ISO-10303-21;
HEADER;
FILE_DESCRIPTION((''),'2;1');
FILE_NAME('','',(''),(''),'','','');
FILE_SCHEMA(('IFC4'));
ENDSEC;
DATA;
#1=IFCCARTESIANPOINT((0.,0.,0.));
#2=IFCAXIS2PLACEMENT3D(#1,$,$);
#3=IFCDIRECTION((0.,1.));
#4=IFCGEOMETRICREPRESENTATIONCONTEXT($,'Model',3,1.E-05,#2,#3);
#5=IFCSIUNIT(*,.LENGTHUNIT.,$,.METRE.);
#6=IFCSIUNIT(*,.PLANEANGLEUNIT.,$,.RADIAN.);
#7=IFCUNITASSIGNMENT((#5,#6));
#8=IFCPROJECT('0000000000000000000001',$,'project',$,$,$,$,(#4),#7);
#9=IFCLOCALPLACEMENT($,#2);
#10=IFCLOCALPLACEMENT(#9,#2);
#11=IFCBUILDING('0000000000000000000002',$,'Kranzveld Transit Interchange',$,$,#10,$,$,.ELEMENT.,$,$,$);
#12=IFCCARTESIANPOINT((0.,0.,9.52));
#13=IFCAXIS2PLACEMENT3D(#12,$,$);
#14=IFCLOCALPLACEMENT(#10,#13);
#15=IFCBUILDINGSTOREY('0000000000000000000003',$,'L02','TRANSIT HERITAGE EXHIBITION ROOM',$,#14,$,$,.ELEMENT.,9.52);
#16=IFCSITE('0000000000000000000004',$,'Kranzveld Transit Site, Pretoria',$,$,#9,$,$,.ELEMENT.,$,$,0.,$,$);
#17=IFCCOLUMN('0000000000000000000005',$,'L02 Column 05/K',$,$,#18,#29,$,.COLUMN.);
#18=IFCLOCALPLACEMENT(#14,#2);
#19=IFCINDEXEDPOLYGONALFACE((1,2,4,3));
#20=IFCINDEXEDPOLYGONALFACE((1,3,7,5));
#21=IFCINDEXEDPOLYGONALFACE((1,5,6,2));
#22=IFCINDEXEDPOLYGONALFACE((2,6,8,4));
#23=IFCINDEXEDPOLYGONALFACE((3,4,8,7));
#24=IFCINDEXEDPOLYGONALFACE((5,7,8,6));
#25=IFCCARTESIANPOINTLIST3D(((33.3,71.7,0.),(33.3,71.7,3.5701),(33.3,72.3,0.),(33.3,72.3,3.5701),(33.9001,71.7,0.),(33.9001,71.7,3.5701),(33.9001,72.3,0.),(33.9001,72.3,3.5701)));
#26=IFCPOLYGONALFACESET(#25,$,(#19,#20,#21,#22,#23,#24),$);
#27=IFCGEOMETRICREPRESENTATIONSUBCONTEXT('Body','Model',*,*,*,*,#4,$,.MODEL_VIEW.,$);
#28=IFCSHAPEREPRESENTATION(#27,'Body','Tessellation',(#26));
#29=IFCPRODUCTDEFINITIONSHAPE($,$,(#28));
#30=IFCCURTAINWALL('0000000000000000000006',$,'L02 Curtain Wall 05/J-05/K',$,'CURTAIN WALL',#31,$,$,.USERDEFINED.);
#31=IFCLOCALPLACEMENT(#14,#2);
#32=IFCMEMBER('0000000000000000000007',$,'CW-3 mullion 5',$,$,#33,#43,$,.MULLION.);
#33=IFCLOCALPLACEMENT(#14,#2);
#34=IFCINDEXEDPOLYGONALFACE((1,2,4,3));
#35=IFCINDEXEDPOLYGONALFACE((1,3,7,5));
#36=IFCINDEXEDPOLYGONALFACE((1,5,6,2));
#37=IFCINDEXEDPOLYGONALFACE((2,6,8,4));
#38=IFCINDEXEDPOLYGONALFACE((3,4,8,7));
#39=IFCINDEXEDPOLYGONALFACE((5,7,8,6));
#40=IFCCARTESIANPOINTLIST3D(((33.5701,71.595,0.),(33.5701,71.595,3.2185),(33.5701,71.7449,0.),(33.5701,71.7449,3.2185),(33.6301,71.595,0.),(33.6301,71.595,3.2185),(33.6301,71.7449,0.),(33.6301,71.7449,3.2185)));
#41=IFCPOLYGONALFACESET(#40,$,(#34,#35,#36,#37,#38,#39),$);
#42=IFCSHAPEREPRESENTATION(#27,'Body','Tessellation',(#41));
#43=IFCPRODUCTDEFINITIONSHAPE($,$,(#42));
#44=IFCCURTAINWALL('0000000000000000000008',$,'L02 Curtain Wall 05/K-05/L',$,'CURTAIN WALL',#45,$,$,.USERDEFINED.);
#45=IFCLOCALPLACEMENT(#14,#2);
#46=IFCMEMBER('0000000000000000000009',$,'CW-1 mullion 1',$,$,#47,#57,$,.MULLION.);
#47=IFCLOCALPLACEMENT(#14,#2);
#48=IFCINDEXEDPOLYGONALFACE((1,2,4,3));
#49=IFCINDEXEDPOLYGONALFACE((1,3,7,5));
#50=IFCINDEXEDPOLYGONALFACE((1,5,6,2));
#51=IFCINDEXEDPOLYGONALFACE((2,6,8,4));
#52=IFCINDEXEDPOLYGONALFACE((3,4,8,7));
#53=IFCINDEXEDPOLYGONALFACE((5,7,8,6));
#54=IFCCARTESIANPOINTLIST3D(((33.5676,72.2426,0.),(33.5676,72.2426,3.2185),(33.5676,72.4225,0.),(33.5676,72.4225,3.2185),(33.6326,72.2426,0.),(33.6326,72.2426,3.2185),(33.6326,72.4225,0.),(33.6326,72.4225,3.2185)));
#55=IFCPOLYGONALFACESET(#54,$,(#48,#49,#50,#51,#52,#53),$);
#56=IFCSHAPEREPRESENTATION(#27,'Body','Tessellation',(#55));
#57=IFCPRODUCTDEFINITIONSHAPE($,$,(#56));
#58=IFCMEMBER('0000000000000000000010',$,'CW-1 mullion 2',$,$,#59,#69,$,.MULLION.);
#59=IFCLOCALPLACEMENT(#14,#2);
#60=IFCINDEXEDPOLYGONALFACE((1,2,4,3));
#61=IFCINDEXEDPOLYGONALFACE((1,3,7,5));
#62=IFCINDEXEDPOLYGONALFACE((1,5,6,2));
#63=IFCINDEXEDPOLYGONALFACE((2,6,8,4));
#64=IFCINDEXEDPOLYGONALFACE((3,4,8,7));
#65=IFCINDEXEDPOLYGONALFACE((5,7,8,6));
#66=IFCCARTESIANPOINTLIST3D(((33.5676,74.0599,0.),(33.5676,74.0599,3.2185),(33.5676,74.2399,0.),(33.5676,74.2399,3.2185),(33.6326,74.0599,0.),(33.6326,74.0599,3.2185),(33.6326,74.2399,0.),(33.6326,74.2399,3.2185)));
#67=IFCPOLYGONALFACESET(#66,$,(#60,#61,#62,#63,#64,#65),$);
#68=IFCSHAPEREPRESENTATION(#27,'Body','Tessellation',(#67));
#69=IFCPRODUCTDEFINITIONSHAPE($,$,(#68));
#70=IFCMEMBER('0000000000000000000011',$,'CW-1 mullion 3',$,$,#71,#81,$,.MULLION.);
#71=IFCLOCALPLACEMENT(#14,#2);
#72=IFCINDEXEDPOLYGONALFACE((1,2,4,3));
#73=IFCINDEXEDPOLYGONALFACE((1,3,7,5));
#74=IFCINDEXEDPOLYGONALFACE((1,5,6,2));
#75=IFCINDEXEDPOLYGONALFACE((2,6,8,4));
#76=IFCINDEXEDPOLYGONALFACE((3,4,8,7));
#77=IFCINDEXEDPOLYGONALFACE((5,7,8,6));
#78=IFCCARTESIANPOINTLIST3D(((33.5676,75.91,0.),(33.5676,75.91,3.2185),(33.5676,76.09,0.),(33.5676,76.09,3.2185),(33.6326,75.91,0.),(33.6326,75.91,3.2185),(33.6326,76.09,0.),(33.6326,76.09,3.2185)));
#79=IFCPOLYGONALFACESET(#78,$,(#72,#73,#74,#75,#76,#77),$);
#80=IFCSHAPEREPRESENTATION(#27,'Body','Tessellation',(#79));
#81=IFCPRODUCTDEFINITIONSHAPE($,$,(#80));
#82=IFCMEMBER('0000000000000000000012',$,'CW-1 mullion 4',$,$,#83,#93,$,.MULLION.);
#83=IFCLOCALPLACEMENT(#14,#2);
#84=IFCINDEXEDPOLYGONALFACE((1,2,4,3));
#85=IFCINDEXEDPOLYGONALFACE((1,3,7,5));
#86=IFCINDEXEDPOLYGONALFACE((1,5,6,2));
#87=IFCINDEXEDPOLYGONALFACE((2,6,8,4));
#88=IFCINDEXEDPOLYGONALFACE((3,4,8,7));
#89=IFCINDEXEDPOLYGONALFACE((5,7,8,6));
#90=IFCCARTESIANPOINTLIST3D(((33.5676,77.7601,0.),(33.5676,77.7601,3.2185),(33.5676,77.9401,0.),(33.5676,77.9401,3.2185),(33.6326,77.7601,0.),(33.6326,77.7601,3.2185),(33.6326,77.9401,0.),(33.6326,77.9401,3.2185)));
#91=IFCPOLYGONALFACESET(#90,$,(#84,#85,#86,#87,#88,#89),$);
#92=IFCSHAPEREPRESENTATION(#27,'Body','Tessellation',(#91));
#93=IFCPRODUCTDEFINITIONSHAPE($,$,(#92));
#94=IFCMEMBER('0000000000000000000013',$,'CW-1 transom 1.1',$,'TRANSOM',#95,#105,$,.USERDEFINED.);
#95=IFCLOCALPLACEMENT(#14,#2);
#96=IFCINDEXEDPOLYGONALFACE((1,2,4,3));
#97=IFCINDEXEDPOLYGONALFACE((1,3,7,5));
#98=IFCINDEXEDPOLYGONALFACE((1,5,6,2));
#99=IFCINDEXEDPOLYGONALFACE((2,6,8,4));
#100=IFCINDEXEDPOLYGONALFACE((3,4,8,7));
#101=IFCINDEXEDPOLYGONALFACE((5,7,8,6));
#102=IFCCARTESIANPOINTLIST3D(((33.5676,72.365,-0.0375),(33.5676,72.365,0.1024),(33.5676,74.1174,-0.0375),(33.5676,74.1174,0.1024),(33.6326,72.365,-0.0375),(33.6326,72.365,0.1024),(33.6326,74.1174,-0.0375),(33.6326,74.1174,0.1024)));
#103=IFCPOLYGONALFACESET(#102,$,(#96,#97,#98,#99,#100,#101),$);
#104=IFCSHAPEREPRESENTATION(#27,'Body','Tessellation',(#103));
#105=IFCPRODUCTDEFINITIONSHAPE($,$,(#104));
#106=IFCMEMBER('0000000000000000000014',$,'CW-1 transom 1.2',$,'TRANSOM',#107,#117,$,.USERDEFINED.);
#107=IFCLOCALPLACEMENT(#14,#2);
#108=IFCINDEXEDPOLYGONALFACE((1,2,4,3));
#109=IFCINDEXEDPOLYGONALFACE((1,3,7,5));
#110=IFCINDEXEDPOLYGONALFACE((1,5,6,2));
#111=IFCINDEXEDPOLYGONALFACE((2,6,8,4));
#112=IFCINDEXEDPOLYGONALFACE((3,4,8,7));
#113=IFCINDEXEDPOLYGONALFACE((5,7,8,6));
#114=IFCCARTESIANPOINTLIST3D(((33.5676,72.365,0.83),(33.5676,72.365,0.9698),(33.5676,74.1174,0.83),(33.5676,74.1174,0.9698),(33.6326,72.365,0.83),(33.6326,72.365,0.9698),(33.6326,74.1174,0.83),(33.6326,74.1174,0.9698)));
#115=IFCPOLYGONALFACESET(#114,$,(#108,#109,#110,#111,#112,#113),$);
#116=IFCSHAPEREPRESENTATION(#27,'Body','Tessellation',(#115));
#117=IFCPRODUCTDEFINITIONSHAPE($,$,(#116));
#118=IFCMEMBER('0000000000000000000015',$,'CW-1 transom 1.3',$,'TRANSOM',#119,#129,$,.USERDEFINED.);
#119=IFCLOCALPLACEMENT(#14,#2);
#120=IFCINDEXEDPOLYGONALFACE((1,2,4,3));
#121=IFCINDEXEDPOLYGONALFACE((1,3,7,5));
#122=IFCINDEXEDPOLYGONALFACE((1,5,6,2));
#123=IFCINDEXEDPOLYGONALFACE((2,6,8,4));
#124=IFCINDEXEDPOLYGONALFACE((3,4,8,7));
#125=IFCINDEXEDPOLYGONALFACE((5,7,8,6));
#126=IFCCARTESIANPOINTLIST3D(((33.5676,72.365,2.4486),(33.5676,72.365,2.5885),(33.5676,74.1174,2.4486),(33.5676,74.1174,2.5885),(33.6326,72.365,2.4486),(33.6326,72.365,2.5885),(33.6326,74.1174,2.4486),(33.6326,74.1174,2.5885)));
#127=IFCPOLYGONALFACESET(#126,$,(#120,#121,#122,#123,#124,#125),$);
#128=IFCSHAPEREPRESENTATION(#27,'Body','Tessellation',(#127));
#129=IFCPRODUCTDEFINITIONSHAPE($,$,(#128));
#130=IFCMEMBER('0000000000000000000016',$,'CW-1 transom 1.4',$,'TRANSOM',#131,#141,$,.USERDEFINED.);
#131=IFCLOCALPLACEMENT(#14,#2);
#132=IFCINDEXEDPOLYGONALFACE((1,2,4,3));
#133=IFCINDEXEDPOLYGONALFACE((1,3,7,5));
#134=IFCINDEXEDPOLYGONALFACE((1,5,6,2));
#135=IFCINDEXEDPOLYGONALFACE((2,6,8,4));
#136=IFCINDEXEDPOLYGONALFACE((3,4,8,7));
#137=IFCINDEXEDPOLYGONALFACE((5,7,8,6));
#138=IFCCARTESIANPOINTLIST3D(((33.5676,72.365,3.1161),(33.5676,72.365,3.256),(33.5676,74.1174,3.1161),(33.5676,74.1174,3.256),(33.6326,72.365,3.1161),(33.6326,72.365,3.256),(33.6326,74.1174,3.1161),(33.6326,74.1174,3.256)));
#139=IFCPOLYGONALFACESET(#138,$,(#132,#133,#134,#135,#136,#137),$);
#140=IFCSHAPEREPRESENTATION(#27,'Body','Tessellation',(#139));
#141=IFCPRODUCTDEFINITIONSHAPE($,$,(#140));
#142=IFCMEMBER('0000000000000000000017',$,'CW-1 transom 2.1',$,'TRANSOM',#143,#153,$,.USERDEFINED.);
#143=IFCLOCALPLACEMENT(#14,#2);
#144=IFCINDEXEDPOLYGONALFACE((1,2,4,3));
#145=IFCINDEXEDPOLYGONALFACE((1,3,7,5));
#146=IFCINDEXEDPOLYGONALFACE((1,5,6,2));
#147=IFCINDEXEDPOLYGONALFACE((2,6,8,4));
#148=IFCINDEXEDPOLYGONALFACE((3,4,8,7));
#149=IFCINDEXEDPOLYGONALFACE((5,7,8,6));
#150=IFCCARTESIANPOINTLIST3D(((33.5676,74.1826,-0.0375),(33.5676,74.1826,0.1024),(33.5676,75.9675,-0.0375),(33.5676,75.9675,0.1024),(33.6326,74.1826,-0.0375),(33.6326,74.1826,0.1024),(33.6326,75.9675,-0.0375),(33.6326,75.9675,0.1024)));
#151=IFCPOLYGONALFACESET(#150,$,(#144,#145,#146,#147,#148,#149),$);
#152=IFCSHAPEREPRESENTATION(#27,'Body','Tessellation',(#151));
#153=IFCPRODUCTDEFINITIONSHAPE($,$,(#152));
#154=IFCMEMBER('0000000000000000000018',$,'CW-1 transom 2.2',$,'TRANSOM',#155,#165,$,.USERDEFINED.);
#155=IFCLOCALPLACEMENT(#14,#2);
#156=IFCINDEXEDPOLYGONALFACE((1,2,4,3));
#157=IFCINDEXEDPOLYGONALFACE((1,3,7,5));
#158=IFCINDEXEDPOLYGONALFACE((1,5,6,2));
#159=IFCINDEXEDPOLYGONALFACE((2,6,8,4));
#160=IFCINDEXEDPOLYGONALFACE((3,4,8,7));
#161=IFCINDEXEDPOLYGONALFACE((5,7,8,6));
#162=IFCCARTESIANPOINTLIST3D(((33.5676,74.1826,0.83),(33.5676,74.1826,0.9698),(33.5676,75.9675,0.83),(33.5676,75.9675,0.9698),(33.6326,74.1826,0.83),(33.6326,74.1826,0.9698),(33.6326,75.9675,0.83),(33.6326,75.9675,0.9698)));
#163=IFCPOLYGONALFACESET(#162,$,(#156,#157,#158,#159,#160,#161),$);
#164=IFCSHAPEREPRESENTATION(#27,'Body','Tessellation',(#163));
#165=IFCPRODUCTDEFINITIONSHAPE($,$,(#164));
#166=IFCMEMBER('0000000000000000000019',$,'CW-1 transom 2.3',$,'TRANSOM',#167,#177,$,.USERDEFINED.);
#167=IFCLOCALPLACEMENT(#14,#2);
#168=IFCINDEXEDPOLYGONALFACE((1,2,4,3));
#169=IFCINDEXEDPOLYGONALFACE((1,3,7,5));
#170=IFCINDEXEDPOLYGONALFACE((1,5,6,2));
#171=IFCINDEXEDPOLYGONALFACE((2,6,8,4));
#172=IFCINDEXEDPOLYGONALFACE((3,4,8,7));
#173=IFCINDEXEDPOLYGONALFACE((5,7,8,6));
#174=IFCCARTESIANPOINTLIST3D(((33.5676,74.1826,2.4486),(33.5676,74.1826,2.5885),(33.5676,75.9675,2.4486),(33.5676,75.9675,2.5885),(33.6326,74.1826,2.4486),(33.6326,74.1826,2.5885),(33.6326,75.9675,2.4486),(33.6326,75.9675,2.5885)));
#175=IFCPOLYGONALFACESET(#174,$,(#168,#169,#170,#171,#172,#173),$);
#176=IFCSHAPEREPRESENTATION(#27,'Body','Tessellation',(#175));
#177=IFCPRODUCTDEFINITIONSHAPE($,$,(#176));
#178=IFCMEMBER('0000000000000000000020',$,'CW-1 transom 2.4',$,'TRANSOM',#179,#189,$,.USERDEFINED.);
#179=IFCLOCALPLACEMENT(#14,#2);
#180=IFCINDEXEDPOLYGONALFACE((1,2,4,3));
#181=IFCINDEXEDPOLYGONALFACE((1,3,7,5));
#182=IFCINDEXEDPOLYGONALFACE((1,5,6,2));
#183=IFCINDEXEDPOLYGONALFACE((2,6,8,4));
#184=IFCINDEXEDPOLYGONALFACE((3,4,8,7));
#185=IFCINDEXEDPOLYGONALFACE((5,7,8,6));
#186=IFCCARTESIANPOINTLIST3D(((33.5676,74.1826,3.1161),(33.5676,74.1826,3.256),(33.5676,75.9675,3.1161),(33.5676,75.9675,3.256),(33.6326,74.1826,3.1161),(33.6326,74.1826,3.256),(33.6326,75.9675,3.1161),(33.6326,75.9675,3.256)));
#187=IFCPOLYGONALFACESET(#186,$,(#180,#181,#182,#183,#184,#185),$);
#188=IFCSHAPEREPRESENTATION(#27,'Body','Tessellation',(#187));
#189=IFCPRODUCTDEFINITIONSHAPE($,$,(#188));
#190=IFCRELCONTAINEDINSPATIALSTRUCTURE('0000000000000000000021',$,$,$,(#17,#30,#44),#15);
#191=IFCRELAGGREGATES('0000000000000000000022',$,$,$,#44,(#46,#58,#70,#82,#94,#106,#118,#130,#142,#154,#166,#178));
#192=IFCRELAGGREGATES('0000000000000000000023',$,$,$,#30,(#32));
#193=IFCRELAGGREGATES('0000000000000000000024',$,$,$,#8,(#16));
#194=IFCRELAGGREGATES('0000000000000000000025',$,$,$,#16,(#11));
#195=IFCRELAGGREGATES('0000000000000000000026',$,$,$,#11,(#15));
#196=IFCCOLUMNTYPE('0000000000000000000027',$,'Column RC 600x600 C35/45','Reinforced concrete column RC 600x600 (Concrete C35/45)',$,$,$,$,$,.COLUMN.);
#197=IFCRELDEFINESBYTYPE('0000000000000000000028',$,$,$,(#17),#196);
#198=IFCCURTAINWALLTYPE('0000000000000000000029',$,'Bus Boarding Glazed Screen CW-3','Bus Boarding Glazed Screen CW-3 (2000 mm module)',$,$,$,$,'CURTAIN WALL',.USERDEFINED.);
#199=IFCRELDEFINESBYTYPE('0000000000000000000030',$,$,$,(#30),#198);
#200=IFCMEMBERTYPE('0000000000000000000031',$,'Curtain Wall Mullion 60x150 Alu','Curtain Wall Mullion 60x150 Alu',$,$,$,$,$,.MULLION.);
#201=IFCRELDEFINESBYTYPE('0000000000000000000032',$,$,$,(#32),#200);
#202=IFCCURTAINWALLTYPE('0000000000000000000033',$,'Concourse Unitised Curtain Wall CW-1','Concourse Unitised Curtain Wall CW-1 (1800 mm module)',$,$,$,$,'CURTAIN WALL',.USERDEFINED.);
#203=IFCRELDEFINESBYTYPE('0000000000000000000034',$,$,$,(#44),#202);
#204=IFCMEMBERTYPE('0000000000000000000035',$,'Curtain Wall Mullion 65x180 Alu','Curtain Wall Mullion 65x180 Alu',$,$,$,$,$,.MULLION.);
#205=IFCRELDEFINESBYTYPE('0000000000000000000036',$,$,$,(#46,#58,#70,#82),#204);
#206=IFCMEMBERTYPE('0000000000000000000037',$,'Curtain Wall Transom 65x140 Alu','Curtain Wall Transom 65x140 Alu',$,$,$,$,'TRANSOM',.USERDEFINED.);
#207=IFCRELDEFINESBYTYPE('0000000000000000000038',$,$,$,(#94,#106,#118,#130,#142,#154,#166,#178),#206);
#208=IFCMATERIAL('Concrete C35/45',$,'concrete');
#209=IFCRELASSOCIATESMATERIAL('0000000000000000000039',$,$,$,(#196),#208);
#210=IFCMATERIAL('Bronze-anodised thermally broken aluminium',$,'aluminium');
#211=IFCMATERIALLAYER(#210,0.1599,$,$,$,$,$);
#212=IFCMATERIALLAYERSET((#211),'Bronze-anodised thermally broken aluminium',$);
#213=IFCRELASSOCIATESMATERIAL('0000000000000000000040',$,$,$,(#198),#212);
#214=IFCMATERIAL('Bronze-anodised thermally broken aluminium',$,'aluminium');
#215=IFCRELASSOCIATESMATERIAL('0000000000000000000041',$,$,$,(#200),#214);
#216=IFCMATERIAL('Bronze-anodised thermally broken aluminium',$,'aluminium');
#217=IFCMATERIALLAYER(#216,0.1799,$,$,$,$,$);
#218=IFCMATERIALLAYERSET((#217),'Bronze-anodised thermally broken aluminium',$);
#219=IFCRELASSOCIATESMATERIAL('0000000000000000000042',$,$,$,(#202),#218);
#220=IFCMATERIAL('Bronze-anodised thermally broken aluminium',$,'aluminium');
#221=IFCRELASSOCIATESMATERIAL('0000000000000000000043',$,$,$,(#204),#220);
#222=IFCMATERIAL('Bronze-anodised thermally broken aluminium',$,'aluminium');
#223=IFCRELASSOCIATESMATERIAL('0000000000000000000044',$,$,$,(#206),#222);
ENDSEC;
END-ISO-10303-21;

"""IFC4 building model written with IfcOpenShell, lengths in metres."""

from ifc_helpers import new_model, si_unit, direction, frame, origin, origin_2d, place, context, subcontext, project, spatial, rectangle, extrude, material, layer, layer_set, material_profile, profile_set, type_object, element, aggregate, save


model = new_model("IFC4")

# Units and contexts
model_context = context("Model", 3, precision=1e-05, world=origin(), true_north=direction((0.0, 1.0)))
body_context = subcontext(model_context, "Body", "Model", "MODEL_VIEW")
ifc_project = project(units=[si_unit("LENGTHUNIT", "METRE"), si_unit("PLANEANGLEUNIT", "RADIAN")], contexts=[model_context])

# Site, building, storey
site_placement = place(None, origin())
site = spatial("IfcSite", under=ifc_project, at=site_placement, Name="Kranzveld Transit Site, Pretoria", CompositionType="ELEMENT", RefElevation=0.0)
building_placement = place(site_placement, origin())
building = spatial("IfcBuilding", under=site, at=building_placement, Name="Kranzveld Transit Interchange", CompositionType="ELEMENT")
storey_placement = place(building_placement, frame((0.0, 0.0, 9.52)))
storey = spatial("IfcBuildingStorey", under=building, at=storey_placement, Name="L02", Description="TRANSIT HERITAGE EXHIBITION ROOM", CompositionType="ELEMENT", Elevation=9.52)

# Column
ifc_material_1 = material(Name="Concrete C35/45", Category="concrete")
ifc_material_profile_1 = material_profile(ifc_material_1, rectangle(XDim=0.6001, YDim=0.6001, at=origin_2d()), Name="RC 600x600")
ifc_profile_set_1 = profile_set([ifc_material_profile_1], Name="Concrete C35/45")
column_type = type_object("IfcColumnType", Name="Column RC 600x600 C35/45", Description="Reinforced concrete column RC 600x600 (Concrete C35/45)", PredefinedType="COLUMN", material=ifc_profile_set_1)
column_placement = place(storey_placement, frame((33.6001, 72.0, 0.0), z_axis=(0.0, 0.0, 1.0), x_axis=(1.0, 0.0, 0.0)))
element("IfcColumn", 1, at=column_placement, inside=storey, type_object=column_type, Name="L02 Column 05/K", PredefinedType="COLUMN", context=body_context, shape_type="SweptSolid", body=[
    extrude(rectangle(XDim=0.6001, YDim=0.6001, at=origin_2d()), origin(), (0.0, 0.0, 1.0), 3.5701),
])

# Curtain wall, member
ifc_material_2 = material(Name="Bronze-anodised thermally broken aluminium", Category="aluminium")
ifc_layer_1 = layer(ifc_material_2, 0.1599)
ifc_layer_set_1 = layer_set([ifc_layer_1], Name="Bronze-anodised thermally broken aluminium")
curtain_wall_type_1 = type_object("IfcCurtainWallType", Name="Bus Boarding Glazed Screen CW-3", Description="Bus Boarding Glazed Screen CW-3 (2000 mm module)", ElementType="CURTAIN WALL", PredefinedType="USERDEFINED", material=ifc_layer_set_1)
curtain_wall_1_placement = place(storey_placement, origin())
curtain_wall_1 = element("IfcCurtainWall", 2, at=curtain_wall_1_placement, inside=storey, type_object=curtain_wall_type_1, Name="L02 Curtain Wall 05/J-05/K", ObjectType="CURTAIN WALL", PredefinedType="USERDEFINED")
ifc_material_3 = material(Name="Bronze-anodised thermally broken aluminium", Category="aluminium")
ifc_material_profile_2 = material_profile(ifc_material_3, rectangle(XDim=0.0601, YDim=0.1499, at=origin_2d()), Name="ALU MULLION 60x150")
ifc_profile_set_2 = profile_set([ifc_material_profile_2], Name="Bronze-anodised thermally broken aluminium")
member_type_1 = type_object("IfcMemberType", Name="Curtain Wall Mullion 60x150 Alu", Description="Curtain Wall Mullion 60x150 Alu", PredefinedType="MULLION", material=ifc_profile_set_2)
member_1_placement = place(storey_placement, frame((33.6001, 71.6699, 0.0), z_axis=(0.0, 0.0, 1.0), x_axis=(-1.0, 0.0, 0.0)))
member_1 = element("IfcMember", 3, at=member_1_placement, type_object=member_type_1, Name="CW-3 mullion 5", PredefinedType="MULLION", context=body_context, shape_type="SweptSolid", body=[
    extrude(rectangle(XDim=0.0601, YDim=0.1499, at=origin_2d()), origin(), (0.0, 0.0, 1.0), 3.2185),
])

# Curtain wall, members
ifc_material_4 = material(Name="Bronze-anodised thermally broken aluminium", Category="aluminium")
ifc_layer_2 = layer(ifc_material_4, 0.1799)
ifc_layer_set_2 = layer_set([ifc_layer_2], Name="Bronze-anodised thermally broken aluminium")
curtain_wall_type_2 = type_object("IfcCurtainWallType", Name="Concourse Unitised Curtain Wall CW-1", Description="Concourse Unitised Curtain Wall CW-1 (1800 mm module)", ElementType="CURTAIN WALL", PredefinedType="USERDEFINED", material=ifc_layer_set_2)
curtain_wall_2_placement = place(storey_placement, origin())
curtain_wall_2 = element("IfcCurtainWall", 4, at=curtain_wall_2_placement, inside=storey, type_object=curtain_wall_type_2, Name="L02 Curtain Wall 05/K-05/L", ObjectType="CURTAIN WALL", PredefinedType="USERDEFINED")
ifc_material_5 = material(Name="Bronze-anodised thermally broken aluminium", Category="aluminium")
ifc_material_profile_3 = material_profile(ifc_material_5, rectangle(XDim=0.0649, YDim=0.1799, at=origin_2d()), Name="ALU MULLION 65x180")
ifc_profile_set_3 = profile_set([ifc_material_profile_3], Name="Bronze-anodised thermally broken aluminium")
member_type_2 = type_object("IfcMemberType", Name="Curtain Wall Mullion 65x180 Alu", Description="Curtain Wall Mullion 65x180 Alu", PredefinedType="MULLION", material=ifc_profile_set_3)
member_2_placement = place(storey_placement, frame((33.6001, 72.3325, 0.0), z_axis=(0.0, 0.0, 1.0), x_axis=(-1.0, 0.0, 0.0)))
member_2 = element("IfcMember", 5, at=member_2_placement, type_object=member_type_2, Name="CW-1 mullion 1", PredefinedType="MULLION", context=body_context, shape_type="SweptSolid", body=[
    extrude(rectangle(XDim=0.0649, YDim=0.1799, at=origin_2d()), origin(), (0.0, 0.0, 1.0), 3.2185),
])
member_3_placement = place(storey_placement, frame((33.6001, 74.1499, 0.0), z_axis=(0.0, 0.0, 1.0), x_axis=(-1.0, 0.0, 0.0)))
member_3 = element("IfcMember", 6, at=member_3_placement, type_object=member_type_2, Name="CW-1 mullion 2", PredefinedType="MULLION", context=body_context, shape_type="SweptSolid", body=[
    extrude(rectangle(XDim=0.0649, YDim=0.1799, at=origin_2d()), origin(), (0.0, 0.0, 1.0), 3.2185),
])
member_4_placement = place(storey_placement, frame((33.6001, 76.0, 0.0), z_axis=(0.0, 0.0, 1.0), x_axis=(-1.0, 0.0, 0.0)))
member_4 = element("IfcMember", 7, at=member_4_placement, type_object=member_type_2, Name="CW-1 mullion 3", PredefinedType="MULLION", context=body_context, shape_type="SweptSolid", body=[
    extrude(rectangle(XDim=0.0649, YDim=0.1799, at=origin_2d()), origin(), (0.0, 0.0, 1.0), 3.2185),
])
member_5_placement = place(storey_placement, frame((33.6001, 77.8501, 0.0), z_axis=(0.0, 0.0, 1.0), x_axis=(-1.0, 0.0, 0.0)))
member_5 = element("IfcMember", 8, at=member_5_placement, type_object=member_type_2, Name="CW-1 mullion 4", PredefinedType="MULLION", context=body_context, shape_type="SweptSolid", body=[
    extrude(rectangle(XDim=0.0649, YDim=0.1799, at=origin_2d()), origin(), (0.0, 0.0, 1.0), 3.2185),
])
ifc_material_6 = material(Name="Bronze-anodised thermally broken aluminium", Category="aluminium")
ifc_material_profile_4 = material_profile(ifc_material_6, rectangle(XDim=0.0649, YDim=0.1399, at=origin_2d()), Name="ALU TRANSOM 65x140")
ifc_profile_set_4 = profile_set([ifc_material_profile_4], Name="Bronze-anodised thermally broken aluminium")
member_type_3 = type_object("IfcMemberType", Name="Curtain Wall Transom 65x140 Alu", Description="Curtain Wall Transom 65x140 Alu", ElementType="TRANSOM", PredefinedType="USERDEFINED", material=ifc_profile_set_4)
member_6_placement = place(storey_placement, frame((33.6001, 72.365, 0.0325), z_axis=(0.0, 1.0, 0.0), x_axis=(-1.0, 0.0, 0.0)))
member_6 = element("IfcMember", 9, at=member_6_placement, type_object=member_type_3, Name="CW-1 transom 1.1", ObjectType="TRANSOM", PredefinedType="USERDEFINED", context=body_context, shape_type="SweptSolid", body=[
    extrude(rectangle(XDim=0.0649, YDim=0.1399, at=origin_2d()), origin(), (0.0, 0.0, 1.0), 1.7524),
])
member_7_placement = place(storey_placement, frame((33.6001, 72.365, 0.8999), z_axis=(0.0, 1.0, 0.0), x_axis=(-1.0, 0.0, 0.0)))
member_7 = element("IfcMember", 10, at=member_7_placement, type_object=member_type_3, Name="CW-1 transom 1.2", ObjectType="TRANSOM", PredefinedType="USERDEFINED", context=body_context, shape_type="SweptSolid", body=[
    extrude(rectangle(XDim=0.0649, YDim=0.1399, at=origin_2d()), origin(), (0.0, 0.0, 1.0), 1.7524),
])
member_8_placement = place(storey_placement, frame((33.6001, 72.365, 2.5186), z_axis=(0.0, 1.0, 0.0), x_axis=(-1.0, 0.0, 0.0)))
member_8 = element("IfcMember", 11, at=member_8_placement, type_object=member_type_3, Name="CW-1 transom 1.3", ObjectType="TRANSOM", PredefinedType="USERDEFINED", context=body_context, shape_type="SweptSolid", body=[
    extrude(rectangle(XDim=0.0649, YDim=0.1399, at=origin_2d()), origin(), (0.0, 0.0, 1.0), 1.7524),
])
member_9_placement = place(storey_placement, frame((33.6001, 72.365, 3.186), z_axis=(0.0, 1.0, 0.0), x_axis=(-1.0, 0.0, 0.0)))
member_9 = element("IfcMember", 12, at=member_9_placement, type_object=member_type_3, Name="CW-1 transom 1.4", ObjectType="TRANSOM", PredefinedType="USERDEFINED", context=body_context, shape_type="SweptSolid", body=[
    extrude(rectangle(XDim=0.0649, YDim=0.1399, at=origin_2d()), origin(), (0.0, 0.0, 1.0), 1.7524),
])
member_10_placement = place(storey_placement, frame((33.6001, 74.1826, 0.0325), z_axis=(0.0, 1.0, 0.0), x_axis=(-1.0, 0.0, 0.0)))
member_10 = element("IfcMember", 13, at=member_10_placement, type_object=member_type_3, Name="CW-1 transom 2.1", ObjectType="TRANSOM", PredefinedType="USERDEFINED", context=body_context, shape_type="SweptSolid", body=[
    extrude(rectangle(XDim=0.0649, YDim=0.1399, at=origin_2d()), origin(), (0.0, 0.0, 1.0), 1.7849),
])
member_11_placement = place(storey_placement, frame((33.6001, 74.1826, 0.8999), z_axis=(0.0, 1.0, 0.0), x_axis=(-1.0, 0.0, 0.0)))
member_11 = element("IfcMember", 14, at=member_11_placement, type_object=member_type_3, Name="CW-1 transom 2.2", ObjectType="TRANSOM", PredefinedType="USERDEFINED", context=body_context, shape_type="SweptSolid", body=[
    extrude(rectangle(XDim=0.0649, YDim=0.1399, at=origin_2d()), origin(), (0.0, 0.0, 1.0), 1.7849),
])
member_12_placement = place(storey_placement, frame((33.6001, 74.1826, 2.5186), z_axis=(0.0, 1.0, 0.0), x_axis=(-1.0, 0.0, 0.0)))
member_12 = element("IfcMember", 15, at=member_12_placement, type_object=member_type_3, Name="CW-1 transom 2.3", ObjectType="TRANSOM", PredefinedType="USERDEFINED", context=body_context, shape_type="SweptSolid", body=[
    extrude(rectangle(XDim=0.0649, YDim=0.1399, at=origin_2d()), origin(), (0.0, 0.0, 1.0), 1.7849),
])
member_13_placement = place(storey_placement, frame((33.6001, 74.1826, 3.186), z_axis=(0.0, 1.0, 0.0), x_axis=(-1.0, 0.0, 0.0)))
member_13 = element("IfcMember", 16, at=member_13_placement, type_object=member_type_3, Name="CW-1 transom 2.4", ObjectType="TRANSOM", PredefinedType="USERDEFINED", context=body_context, shape_type="SweptSolid", body=[
    extrude(rectangle(XDim=0.0649, YDim=0.1399, at=origin_2d()), origin(), (0.0, 0.0, 1.0), 1.7849),
])

aggregate(curtain_wall_2, [member_2, member_3, member_4, member_5, member_6, member_7, member_8, member_9, member_10, member_11, member_12, member_13])
aggregate(curtain_wall_1, [member_1])

save(model, "model.ifc")
